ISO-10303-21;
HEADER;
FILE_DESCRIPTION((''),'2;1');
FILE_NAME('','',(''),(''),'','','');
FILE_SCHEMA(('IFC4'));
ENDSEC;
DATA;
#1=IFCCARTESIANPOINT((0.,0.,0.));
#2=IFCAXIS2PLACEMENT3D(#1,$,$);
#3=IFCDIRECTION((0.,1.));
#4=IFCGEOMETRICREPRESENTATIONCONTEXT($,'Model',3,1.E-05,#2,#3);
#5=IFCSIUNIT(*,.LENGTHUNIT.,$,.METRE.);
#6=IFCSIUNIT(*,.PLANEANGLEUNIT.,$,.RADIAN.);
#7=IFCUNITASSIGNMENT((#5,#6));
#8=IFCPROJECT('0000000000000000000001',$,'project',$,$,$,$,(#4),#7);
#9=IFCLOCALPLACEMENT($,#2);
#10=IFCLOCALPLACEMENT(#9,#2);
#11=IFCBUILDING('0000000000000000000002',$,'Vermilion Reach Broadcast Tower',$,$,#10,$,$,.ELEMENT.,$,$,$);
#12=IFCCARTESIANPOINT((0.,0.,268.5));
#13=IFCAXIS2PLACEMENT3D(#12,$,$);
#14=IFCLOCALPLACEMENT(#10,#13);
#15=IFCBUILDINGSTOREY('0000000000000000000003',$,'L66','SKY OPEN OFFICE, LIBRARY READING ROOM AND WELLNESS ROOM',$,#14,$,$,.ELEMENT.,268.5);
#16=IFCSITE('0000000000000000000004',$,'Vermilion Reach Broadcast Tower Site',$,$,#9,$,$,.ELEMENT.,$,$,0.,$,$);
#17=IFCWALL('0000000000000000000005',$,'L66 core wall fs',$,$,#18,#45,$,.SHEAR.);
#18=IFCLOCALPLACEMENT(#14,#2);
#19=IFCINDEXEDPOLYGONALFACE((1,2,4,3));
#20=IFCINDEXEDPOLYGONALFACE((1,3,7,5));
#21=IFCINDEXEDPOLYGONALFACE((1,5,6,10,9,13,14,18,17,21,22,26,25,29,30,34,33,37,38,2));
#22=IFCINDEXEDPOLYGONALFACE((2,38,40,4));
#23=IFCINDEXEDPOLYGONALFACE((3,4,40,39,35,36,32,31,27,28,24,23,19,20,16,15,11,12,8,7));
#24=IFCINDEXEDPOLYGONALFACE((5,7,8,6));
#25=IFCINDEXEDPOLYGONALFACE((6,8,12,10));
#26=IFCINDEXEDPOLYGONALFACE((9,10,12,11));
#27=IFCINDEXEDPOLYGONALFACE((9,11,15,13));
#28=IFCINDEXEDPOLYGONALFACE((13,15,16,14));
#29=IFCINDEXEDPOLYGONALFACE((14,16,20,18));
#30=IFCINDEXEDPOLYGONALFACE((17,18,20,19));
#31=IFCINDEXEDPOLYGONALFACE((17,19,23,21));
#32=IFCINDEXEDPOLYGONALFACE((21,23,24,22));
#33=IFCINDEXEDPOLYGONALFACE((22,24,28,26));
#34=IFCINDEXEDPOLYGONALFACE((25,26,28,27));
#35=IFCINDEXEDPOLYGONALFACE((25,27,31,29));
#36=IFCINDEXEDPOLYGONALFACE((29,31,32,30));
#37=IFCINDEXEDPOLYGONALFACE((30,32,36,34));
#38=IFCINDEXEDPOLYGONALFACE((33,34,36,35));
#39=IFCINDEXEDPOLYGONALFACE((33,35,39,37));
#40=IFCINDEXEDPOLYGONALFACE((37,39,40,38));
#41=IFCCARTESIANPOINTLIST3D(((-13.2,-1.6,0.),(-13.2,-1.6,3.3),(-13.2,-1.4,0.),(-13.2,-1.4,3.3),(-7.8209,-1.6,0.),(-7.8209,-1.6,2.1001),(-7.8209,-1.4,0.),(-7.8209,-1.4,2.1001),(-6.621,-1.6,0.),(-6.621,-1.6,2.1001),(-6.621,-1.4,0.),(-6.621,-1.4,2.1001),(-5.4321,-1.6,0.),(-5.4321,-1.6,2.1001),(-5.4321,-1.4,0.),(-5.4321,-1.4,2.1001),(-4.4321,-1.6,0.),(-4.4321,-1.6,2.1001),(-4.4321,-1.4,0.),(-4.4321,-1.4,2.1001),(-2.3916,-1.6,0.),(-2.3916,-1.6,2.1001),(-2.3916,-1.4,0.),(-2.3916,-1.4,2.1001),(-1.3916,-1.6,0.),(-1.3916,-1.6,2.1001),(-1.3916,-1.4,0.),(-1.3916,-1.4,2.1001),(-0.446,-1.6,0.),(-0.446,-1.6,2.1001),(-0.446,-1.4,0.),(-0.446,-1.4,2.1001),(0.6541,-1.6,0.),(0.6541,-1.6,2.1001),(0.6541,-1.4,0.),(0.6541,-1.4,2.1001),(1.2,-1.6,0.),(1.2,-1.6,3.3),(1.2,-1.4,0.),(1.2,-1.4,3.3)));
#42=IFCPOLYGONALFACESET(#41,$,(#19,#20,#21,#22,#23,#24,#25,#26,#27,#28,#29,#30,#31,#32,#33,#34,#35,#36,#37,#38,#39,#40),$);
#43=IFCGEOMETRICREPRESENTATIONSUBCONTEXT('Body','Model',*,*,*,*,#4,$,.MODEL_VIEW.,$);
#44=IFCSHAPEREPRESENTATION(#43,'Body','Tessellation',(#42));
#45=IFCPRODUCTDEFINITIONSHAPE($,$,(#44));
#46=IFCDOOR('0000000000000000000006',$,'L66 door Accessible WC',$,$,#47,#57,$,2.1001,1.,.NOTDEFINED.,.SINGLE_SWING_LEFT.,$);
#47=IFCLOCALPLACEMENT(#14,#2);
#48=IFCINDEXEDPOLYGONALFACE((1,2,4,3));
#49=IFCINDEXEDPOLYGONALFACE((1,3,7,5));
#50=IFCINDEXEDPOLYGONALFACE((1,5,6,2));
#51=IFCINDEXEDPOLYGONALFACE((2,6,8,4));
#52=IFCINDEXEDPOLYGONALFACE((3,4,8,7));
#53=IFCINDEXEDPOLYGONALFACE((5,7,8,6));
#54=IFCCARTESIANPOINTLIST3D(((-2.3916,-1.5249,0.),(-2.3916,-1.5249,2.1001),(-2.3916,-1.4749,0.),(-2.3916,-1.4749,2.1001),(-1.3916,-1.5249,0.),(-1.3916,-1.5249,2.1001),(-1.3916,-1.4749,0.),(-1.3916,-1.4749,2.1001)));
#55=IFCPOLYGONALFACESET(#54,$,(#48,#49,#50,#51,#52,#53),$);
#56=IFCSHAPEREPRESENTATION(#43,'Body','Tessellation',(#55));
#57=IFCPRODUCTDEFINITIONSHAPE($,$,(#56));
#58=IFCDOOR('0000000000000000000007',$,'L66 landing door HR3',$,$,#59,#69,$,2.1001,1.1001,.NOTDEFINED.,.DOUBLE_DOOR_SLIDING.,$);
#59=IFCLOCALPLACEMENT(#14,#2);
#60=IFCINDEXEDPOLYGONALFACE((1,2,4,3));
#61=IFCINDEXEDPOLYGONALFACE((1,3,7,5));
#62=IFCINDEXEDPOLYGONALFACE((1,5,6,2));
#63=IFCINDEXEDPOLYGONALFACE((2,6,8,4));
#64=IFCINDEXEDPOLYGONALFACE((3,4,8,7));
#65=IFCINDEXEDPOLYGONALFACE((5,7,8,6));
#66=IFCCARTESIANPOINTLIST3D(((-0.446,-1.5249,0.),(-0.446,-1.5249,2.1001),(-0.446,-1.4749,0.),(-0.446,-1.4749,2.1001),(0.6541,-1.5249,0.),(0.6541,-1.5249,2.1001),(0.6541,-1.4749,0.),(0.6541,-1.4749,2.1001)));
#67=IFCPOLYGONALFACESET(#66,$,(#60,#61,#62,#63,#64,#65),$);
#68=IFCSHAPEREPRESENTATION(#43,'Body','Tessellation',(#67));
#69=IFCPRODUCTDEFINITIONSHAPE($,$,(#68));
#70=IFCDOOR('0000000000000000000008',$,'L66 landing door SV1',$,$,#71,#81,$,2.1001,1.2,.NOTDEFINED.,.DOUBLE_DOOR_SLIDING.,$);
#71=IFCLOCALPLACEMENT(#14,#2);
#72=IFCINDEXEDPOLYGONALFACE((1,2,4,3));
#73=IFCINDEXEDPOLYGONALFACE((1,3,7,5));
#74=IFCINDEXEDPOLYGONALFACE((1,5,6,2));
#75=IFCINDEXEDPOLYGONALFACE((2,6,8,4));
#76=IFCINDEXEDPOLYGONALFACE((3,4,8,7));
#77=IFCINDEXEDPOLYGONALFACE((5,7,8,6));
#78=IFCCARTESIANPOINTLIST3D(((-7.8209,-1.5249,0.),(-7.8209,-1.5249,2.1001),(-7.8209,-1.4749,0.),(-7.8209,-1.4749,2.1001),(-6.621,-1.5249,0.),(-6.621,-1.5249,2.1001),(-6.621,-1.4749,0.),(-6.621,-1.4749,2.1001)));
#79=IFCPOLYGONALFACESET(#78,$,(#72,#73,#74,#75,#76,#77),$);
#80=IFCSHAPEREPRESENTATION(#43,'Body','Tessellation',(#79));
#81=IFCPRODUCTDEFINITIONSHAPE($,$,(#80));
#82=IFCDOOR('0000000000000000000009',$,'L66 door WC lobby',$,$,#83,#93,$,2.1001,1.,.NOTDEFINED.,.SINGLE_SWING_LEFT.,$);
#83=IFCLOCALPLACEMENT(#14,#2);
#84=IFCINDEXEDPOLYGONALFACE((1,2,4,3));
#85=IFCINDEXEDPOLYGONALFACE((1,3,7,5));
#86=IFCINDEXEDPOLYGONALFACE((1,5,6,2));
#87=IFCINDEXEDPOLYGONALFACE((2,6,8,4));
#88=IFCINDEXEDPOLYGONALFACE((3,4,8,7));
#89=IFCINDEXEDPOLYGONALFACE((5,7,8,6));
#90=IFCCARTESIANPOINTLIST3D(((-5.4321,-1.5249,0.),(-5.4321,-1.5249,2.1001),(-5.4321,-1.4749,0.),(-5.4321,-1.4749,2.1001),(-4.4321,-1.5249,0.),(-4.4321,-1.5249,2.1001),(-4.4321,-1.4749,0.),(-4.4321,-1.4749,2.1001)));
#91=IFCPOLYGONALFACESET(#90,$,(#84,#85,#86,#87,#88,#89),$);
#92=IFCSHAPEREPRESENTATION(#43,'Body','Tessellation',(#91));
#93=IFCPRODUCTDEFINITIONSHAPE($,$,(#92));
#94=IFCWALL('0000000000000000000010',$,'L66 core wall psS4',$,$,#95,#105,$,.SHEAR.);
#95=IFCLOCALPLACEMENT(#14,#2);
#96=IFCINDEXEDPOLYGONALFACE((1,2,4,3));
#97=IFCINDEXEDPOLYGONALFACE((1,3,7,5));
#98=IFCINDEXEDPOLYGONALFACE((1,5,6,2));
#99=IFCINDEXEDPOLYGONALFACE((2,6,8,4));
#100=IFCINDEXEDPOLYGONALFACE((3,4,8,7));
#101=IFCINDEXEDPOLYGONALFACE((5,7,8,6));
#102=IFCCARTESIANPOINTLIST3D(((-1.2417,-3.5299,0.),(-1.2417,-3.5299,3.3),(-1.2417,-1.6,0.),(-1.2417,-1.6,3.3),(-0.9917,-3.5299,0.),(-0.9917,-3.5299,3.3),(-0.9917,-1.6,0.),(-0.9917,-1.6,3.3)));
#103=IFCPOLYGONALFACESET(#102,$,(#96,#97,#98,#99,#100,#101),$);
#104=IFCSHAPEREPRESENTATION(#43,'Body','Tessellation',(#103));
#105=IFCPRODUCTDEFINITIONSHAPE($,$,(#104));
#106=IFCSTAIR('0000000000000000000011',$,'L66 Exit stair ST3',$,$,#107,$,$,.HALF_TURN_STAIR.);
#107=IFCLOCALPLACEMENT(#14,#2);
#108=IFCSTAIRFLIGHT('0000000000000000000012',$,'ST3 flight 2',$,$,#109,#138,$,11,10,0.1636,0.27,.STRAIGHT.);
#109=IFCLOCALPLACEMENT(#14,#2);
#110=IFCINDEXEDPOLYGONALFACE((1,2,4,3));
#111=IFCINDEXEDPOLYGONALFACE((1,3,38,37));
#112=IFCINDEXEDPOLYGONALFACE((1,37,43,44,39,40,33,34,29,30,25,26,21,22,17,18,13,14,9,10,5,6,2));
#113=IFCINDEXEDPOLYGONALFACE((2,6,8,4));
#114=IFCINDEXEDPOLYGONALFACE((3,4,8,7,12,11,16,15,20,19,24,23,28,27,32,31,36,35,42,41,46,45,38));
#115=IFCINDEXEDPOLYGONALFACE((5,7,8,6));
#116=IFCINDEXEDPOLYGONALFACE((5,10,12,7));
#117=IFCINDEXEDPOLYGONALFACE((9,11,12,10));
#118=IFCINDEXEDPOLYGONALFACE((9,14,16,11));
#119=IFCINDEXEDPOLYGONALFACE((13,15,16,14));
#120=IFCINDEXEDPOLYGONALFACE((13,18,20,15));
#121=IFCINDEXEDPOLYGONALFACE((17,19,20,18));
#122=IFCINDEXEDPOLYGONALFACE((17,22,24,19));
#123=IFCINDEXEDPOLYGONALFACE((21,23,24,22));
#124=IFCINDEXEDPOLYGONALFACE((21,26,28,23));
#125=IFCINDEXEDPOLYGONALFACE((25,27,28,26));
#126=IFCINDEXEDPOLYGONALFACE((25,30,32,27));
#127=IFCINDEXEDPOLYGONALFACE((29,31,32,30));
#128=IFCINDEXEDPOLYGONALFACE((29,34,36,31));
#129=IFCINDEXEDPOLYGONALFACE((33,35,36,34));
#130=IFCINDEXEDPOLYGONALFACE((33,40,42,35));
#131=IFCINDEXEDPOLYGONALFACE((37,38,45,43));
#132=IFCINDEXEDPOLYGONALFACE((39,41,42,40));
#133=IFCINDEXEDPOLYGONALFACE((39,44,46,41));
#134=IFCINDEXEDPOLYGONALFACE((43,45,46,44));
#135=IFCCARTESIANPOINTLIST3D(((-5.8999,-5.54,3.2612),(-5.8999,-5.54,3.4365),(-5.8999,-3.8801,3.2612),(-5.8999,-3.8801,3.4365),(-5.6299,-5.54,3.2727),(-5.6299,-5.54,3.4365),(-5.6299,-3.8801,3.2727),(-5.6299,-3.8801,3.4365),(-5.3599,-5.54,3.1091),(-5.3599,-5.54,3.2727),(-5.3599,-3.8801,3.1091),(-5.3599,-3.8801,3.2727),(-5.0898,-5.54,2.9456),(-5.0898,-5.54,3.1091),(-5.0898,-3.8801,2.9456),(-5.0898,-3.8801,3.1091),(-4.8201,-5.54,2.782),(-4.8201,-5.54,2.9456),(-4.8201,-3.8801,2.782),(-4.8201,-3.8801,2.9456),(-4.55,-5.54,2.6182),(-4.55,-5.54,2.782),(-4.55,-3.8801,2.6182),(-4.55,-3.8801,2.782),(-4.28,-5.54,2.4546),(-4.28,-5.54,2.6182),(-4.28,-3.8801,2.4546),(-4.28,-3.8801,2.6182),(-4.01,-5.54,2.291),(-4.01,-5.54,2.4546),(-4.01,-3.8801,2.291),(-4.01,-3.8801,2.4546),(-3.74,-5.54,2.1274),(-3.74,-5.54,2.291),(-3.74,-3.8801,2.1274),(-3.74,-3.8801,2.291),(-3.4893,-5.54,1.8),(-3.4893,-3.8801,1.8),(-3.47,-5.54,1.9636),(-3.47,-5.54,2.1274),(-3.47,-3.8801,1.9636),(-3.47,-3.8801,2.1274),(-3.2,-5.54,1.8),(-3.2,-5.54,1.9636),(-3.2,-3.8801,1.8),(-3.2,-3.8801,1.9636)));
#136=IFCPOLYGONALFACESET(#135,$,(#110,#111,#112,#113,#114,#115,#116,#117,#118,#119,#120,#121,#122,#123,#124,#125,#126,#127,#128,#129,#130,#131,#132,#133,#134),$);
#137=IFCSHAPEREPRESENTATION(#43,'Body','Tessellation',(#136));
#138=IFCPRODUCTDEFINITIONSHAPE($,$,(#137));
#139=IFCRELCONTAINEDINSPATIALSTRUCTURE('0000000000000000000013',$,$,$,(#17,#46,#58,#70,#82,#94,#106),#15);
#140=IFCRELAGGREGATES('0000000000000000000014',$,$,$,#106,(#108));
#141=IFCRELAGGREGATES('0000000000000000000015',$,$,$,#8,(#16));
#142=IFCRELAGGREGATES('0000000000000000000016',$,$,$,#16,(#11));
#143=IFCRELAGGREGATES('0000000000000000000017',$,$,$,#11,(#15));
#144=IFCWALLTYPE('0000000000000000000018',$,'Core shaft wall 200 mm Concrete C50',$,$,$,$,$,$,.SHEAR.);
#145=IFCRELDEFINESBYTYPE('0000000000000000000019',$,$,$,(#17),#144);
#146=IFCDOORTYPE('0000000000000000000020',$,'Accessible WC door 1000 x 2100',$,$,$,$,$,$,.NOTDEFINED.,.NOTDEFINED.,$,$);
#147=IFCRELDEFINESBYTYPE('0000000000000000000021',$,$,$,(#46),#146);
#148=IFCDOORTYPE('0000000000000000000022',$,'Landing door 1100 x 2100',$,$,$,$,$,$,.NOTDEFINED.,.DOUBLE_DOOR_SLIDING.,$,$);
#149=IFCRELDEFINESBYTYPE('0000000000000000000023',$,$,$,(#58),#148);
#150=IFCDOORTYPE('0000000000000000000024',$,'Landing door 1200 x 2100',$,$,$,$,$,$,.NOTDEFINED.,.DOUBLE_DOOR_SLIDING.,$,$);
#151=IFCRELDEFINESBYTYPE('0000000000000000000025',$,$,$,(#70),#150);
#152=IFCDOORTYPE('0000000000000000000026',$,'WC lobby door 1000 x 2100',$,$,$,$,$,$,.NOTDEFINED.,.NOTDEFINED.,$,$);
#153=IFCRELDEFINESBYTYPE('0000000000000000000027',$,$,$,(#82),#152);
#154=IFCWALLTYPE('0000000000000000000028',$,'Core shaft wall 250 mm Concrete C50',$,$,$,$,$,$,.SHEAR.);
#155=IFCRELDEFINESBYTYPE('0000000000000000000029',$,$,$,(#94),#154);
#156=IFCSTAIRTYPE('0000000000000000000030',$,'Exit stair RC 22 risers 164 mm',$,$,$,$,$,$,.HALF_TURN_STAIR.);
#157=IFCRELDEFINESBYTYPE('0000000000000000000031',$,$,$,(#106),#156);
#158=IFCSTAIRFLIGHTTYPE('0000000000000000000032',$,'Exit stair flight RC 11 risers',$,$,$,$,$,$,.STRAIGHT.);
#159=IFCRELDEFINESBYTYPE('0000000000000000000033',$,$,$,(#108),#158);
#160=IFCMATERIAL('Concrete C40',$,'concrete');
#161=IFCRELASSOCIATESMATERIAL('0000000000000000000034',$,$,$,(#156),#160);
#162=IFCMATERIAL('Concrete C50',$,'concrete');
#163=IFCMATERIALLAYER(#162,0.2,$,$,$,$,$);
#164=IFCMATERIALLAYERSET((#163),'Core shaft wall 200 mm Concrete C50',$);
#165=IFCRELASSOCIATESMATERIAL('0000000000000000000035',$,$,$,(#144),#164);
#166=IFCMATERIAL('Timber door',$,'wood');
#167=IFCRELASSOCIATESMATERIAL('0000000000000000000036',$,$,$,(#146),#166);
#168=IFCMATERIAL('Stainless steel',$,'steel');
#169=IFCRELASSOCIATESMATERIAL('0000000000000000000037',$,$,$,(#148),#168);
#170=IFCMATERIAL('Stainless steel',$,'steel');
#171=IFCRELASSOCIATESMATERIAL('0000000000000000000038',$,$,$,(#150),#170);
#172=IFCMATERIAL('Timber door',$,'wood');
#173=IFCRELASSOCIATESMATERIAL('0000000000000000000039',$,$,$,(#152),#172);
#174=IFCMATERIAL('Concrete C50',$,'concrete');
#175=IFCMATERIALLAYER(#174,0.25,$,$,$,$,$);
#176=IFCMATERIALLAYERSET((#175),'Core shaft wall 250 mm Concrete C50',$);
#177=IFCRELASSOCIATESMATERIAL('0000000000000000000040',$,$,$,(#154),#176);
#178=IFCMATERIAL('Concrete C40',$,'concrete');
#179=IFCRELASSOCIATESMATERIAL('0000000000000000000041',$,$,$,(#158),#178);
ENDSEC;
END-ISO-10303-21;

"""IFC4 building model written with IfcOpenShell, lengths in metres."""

from ifc_helpers import new_model, si_unit, direction, frame, frame_2d, origin, place, context, subcontext, project, spatial, polyline, rectangle, outline, extrude, material, layer, layer_set, type_object, element, fill, aggregate, save


model = new_model("IFC4")

# Units and contexts
model_context = context("Model", 3, precision=1e-05, world=origin(), true_north=direction((0.0, 1.0)))
body_context = subcontext(model_context, "Body", "Model", "MODEL_VIEW")
ifc_project = project(units=[si_unit("LENGTHUNIT", "METRE"), si_unit("PLANEANGLEUNIT", "RADIAN")], contexts=[model_context])

# Site, building, storey
site_placement = place(None, origin())
site = spatial("IfcSite", under=ifc_project, at=site_placement, Name="Vermilion Reach Broadcast Tower Site", CompositionType="ELEMENT", RefElevation=0.0)
building_placement = place(site_placement, origin())
building = spatial("IfcBuilding", under=site, at=building_placement, Name="Vermilion Reach Broadcast Tower", CompositionType="ELEMENT")
storey_placement = place(building_placement, frame((0.0, 0.0, 268.5)))
storey = spatial("IfcBuildingStorey", under=building, at=storey_placement, Name="L66", Description="SKY OPEN OFFICE, LIBRARY READING ROOM AND WELLNESS ROOM", CompositionType="ELEMENT", Elevation=268.5)

# Shared definitions
ifc_material_1 = material(Name="Concrete C40", Category="concrete")
stair_type = type_object("IfcStairType", Name="Exit stair RC 22 risers 164 mm", PredefinedType="HALF_TURN_STAIR", material=ifc_material_1)
placement_1 = place(storey_placement, origin())

# Wall, openings, doors
ifc_material_2 = material(Name="Concrete C50", Category="concrete")
ifc_layer_1 = layer(ifc_material_2, 0.2)
ifc_layer_set_1 = layer_set([ifc_layer_1], Name="Core shaft wall 200 mm Concrete C50")
wall_type_1 = type_object("IfcWallType", Name="Core shaft wall 200 mm Concrete C50", PredefinedType="SHEAR", material=ifc_layer_set_1)
wall_1_placement = place(storey_placement, frame((1.2, -1.5, 0.0), z_axis=(0.0, 0.0, 1.0), x_axis=(-1.0, 0.0, 0.0)))
wall_1 = element("IfcWall", 1, at=wall_1_placement, inside=storey, type_object=wall_type_1, Name="L66 core wall fs", PredefinedType="SHEAR", context=body_context, shape_type="SweptSolid", body=[
    extrude(rectangle(XDim=14.3999, YDim=0.2, at=frame_2d((7.2, 0.0))), origin(), (0.0, 0.0, 1.0), 3.3),
])
opening_1_placement = place(wall_1_placement, frame((7.8208, 0.0, 0.0)))
opening_1 = element("IfcOpeningElement", 2, at=opening_1_placement, cuts=wall_1, PredefinedType="OPENING", context=body_context, shape_type="SweptSolid", body=[
    extrude(rectangle(XDim=1.2, YDim=2.1001, at=frame_2d((0.6001, 1.05))), frame((0.0, 0.1099, 0.0), z_axis=(0.0, -1.0, 0.0), x_axis=(1.0, 0.0, 0.0)), (0.0, 0.0, 1.0), 0.22),
])
opening_2_placement = place(wall_1_placement, frame((0.5459, 0.0, 0.0)))
opening_2 = element("IfcOpeningElement", 3, at=opening_2_placement, cuts=wall_1, PredefinedType="OPENING", context=body_context, shape_type="SweptSolid", body=[
    extrude(rectangle(XDim=1.1001, YDim=2.1001, at=frame_2d((0.55, 1.05))), frame((0.0, 0.1099, 0.0), z_axis=(0.0, -1.0, 0.0), x_axis=(1.0, 0.0, 0.0)), (0.0, 0.0, 1.0), 0.22),
])
opening_3_placement = place(wall_1_placement, frame((5.6321, 0.0, 0.0)))
opening_3 = element("IfcOpeningElement", 4, at=opening_3_placement, cuts=wall_1, PredefinedType="OPENING", context=body_context, shape_type="SweptSolid", body=[
    extrude(rectangle(XDim=1.0, YDim=2.1001, at=frame_2d((0.5, 1.05))), frame((0.0, 0.1099, 0.0), z_axis=(0.0, -1.0, 0.0), x_axis=(1.0, 0.0, 0.0)), (0.0, 0.0, 1.0), 0.22),
])
opening_4_placement = place(wall_1_placement, frame((2.5916, 0.0, 0.0)))
opening_4 = element("IfcOpeningElement", 5, at=opening_4_placement, cuts=wall_1, PredefinedType="OPENING", context=body_context, shape_type="SweptSolid", body=[
    extrude(rectangle(XDim=1.0, YDim=2.1001, at=frame_2d((0.5, 1.05))), frame((0.0, 0.1099, 0.0), z_axis=(0.0, -1.0, 0.0), x_axis=(1.0, 0.0, 0.0)), (0.0, 0.0, 1.0), 0.22),
])
ifc_material_3 = material(Name="Timber door", Category="wood")
door_type_1 = type_object("IfcDoorType", Name="Accessible WC door 1000 x 2100", OperationType="NOTDEFINED", PredefinedType="NOTDEFINED", material=ifc_material_3)
door_1_placement = place(opening_4_placement, origin())
door_1 = element("IfcDoor", 6, at=door_1_placement, inside=storey, type_object=door_type_1, Name="L66 door Accessible WC", OperationType="SINGLE_SWING_LEFT", OverallHeight=2.1001, OverallWidth=1.0, PredefinedType="NOTDEFINED", context=body_context, shape_type="SweptSolid", body=[
    extrude(rectangle(XDim=1.0, YDim=2.1001, at=frame_2d((0.5, 1.05))), frame((0.0, 0.0249, 0.0), z_axis=(0.0, -1.0, 0.0), x_axis=(1.0, 0.0, 0.0)), (0.0, 0.0, 1.0), 0.05),
])
fill(opening_4, door_1)
ifc_material_4 = material(Name="Stainless steel", Category="steel")
door_type_2 = type_object("IfcDoorType", Name="Landing door 1100 x 2100", OperationType="DOUBLE_DOOR_SLIDING", PredefinedType="NOTDEFINED", material=ifc_material_4)
door_2_placement = place(opening_2_placement, origin())
door_2 = element("IfcDoor", 7, at=door_2_placement, inside=storey, type_object=door_type_2, Name="L66 landing door HR3", OperationType="DOUBLE_DOOR_SLIDING", OverallHeight=2.1001, OverallWidth=1.1001, PredefinedType="NOTDEFINED", context=body_context, shape_type="SweptSolid", body=[
    extrude(rectangle(XDim=1.1001, YDim=2.1001, at=frame_2d((0.55, 1.05))), frame((0.0, 0.0249, 0.0), z_axis=(0.0, -1.0, 0.0), x_axis=(1.0, 0.0, 0.0)), (0.0, 0.0, 1.0), 0.05),
])
fill(opening_2, door_2)
ifc_material_5 = material(Name="Stainless steel", Category="steel")
door_type_3 = type_object("IfcDoorType", Name="Landing door 1200 x 2100", OperationType="DOUBLE_DOOR_SLIDING", PredefinedType="NOTDEFINED", material=ifc_material_5)
door_3_placement = place(opening_1_placement, origin())
door_3 = element("IfcDoor", 8, at=door_3_placement, inside=storey, type_object=door_type_3, Name="L66 landing door SV1", OperationType="DOUBLE_DOOR_SLIDING", OverallHeight=2.1001, OverallWidth=1.2, PredefinedType="NOTDEFINED", context=body_context, shape_type="SweptSolid", body=[
    extrude(rectangle(XDim=1.2, YDim=2.1001, at=frame_2d((0.6001, 1.05))), frame((0.0, 0.0249, 0.0), z_axis=(0.0, -1.0, 0.0), x_axis=(1.0, 0.0, 0.0)), (0.0, 0.0, 1.0), 0.05),
])
fill(opening_1, door_3)
ifc_material_6 = material(Name="Timber door", Category="wood")
door_type_4 = type_object("IfcDoorType", Name="WC lobby door 1000 x 2100", OperationType="NOTDEFINED", PredefinedType="NOTDEFINED", material=ifc_material_6)
door_4_placement = place(opening_3_placement, origin())
door_4 = element("IfcDoor", 9, at=door_4_placement, inside=storey, type_object=door_type_4, Name="L66 door WC lobby", OperationType="SINGLE_SWING_LEFT", OverallHeight=2.1001, OverallWidth=1.0, PredefinedType="NOTDEFINED", context=body_context, shape_type="SweptSolid", body=[
    extrude(rectangle(XDim=1.0, YDim=2.1001, at=frame_2d((0.5, 1.05))), frame((0.0, 0.0249, 0.0), z_axis=(0.0, -1.0, 0.0), x_axis=(1.0, 0.0, 0.0)), (0.0, 0.0, 1.0), 0.05),
])
fill(opening_3, door_4)

# Wall
ifc_material_7 = material(Name="Concrete C50", Category="concrete")
ifc_layer_2 = layer(ifc_material_7, 0.25)
ifc_layer_set_2 = layer_set([ifc_layer_2], Name="Core shaft wall 250 mm Concrete C50")
wall_type_2 = type_object("IfcWallType", Name="Core shaft wall 250 mm Concrete C50", PredefinedType="SHEAR", material=ifc_layer_set_2)
wall_2_placement = place(storey_placement, frame((-1.1167, -1.6001, 0.0), z_axis=(0.0, 0.0, 1.0), x_axis=(0.0, -1.0, 0.0)))
element("IfcWall", 10, at=wall_2_placement, inside=storey, type_object=wall_type_2, Name="L66 core wall psS4", PredefinedType="SHEAR", context=body_context, shape_type="SweptSolid", body=[
    extrude(rectangle(XDim=1.9299, YDim=0.25, at=frame_2d((0.9648, 0.0))), origin(), (0.0, 0.0, 1.0), 3.3),
])

# Stair, stair flight
stair_1 = element("IfcStair", 11, at=placement_1, inside=storey, type_object=stair_type, Name="L66 Exit stair ST3", PredefinedType="HALF_TURN_STAIR")
ifc_material_8 = material(Name="Concrete C40", Category="concrete")
stair_flight_type = type_object("IfcStairFlightType", Name="Exit stair flight RC 11 risers", PredefinedType="STRAIGHT", material=ifc_material_8)
stair_flight_placement = place(storey_placement, frame((-3.2, -4.71, 1.8), z_axis=(0.0, 0.0, 1.0), x_axis=(-1.0, 0.0, 0.0)))
stair_flight = element("IfcStairFlight", 12, at=stair_flight_placement, type_object=stair_flight_type, Name="ST3 flight 2", NumberOfRisers=11, NumberOfTreads=10, PredefinedType="STRAIGHT", RiserHeight=0.1636, TreadLength=0.27, context=body_context, shape_type="SweptSolid", body=[
    extrude(outline(polyline([(0.0, 0.0), (0.0, 0.1636), (0.27, 0.1636), (0.27, 0.3274), (0.54, 0.3274), (0.54, 0.491), (0.8101, 0.491), (0.8101, 0.6545), (1.0801, 0.6545), (1.0801, 0.8181), (1.3501, 0.8181), (1.3501, 0.9819), (1.6201, 0.9819), (1.6201, 1.1455), (1.8899, 1.1455), (1.8899, 1.3091), (2.1599, 1.3091), (2.1599, 1.4727), (2.4299, 1.4727), (2.4299, 1.6365), (2.7, 1.6365), (2.7, 1.8), (2.7, 1.4612), (0.2893, 0.0), (0.0, 0.0)])), frame((0.0, 0.8301, 0.0), z_axis=(0.0, -1.0, 0.0), x_axis=(1.0, 0.0, 0.0)), (0.0, 0.0, 1.0), 1.6599),
])
aggregate(stair_1, [stair_flight])

save(model, "model.ifc")
